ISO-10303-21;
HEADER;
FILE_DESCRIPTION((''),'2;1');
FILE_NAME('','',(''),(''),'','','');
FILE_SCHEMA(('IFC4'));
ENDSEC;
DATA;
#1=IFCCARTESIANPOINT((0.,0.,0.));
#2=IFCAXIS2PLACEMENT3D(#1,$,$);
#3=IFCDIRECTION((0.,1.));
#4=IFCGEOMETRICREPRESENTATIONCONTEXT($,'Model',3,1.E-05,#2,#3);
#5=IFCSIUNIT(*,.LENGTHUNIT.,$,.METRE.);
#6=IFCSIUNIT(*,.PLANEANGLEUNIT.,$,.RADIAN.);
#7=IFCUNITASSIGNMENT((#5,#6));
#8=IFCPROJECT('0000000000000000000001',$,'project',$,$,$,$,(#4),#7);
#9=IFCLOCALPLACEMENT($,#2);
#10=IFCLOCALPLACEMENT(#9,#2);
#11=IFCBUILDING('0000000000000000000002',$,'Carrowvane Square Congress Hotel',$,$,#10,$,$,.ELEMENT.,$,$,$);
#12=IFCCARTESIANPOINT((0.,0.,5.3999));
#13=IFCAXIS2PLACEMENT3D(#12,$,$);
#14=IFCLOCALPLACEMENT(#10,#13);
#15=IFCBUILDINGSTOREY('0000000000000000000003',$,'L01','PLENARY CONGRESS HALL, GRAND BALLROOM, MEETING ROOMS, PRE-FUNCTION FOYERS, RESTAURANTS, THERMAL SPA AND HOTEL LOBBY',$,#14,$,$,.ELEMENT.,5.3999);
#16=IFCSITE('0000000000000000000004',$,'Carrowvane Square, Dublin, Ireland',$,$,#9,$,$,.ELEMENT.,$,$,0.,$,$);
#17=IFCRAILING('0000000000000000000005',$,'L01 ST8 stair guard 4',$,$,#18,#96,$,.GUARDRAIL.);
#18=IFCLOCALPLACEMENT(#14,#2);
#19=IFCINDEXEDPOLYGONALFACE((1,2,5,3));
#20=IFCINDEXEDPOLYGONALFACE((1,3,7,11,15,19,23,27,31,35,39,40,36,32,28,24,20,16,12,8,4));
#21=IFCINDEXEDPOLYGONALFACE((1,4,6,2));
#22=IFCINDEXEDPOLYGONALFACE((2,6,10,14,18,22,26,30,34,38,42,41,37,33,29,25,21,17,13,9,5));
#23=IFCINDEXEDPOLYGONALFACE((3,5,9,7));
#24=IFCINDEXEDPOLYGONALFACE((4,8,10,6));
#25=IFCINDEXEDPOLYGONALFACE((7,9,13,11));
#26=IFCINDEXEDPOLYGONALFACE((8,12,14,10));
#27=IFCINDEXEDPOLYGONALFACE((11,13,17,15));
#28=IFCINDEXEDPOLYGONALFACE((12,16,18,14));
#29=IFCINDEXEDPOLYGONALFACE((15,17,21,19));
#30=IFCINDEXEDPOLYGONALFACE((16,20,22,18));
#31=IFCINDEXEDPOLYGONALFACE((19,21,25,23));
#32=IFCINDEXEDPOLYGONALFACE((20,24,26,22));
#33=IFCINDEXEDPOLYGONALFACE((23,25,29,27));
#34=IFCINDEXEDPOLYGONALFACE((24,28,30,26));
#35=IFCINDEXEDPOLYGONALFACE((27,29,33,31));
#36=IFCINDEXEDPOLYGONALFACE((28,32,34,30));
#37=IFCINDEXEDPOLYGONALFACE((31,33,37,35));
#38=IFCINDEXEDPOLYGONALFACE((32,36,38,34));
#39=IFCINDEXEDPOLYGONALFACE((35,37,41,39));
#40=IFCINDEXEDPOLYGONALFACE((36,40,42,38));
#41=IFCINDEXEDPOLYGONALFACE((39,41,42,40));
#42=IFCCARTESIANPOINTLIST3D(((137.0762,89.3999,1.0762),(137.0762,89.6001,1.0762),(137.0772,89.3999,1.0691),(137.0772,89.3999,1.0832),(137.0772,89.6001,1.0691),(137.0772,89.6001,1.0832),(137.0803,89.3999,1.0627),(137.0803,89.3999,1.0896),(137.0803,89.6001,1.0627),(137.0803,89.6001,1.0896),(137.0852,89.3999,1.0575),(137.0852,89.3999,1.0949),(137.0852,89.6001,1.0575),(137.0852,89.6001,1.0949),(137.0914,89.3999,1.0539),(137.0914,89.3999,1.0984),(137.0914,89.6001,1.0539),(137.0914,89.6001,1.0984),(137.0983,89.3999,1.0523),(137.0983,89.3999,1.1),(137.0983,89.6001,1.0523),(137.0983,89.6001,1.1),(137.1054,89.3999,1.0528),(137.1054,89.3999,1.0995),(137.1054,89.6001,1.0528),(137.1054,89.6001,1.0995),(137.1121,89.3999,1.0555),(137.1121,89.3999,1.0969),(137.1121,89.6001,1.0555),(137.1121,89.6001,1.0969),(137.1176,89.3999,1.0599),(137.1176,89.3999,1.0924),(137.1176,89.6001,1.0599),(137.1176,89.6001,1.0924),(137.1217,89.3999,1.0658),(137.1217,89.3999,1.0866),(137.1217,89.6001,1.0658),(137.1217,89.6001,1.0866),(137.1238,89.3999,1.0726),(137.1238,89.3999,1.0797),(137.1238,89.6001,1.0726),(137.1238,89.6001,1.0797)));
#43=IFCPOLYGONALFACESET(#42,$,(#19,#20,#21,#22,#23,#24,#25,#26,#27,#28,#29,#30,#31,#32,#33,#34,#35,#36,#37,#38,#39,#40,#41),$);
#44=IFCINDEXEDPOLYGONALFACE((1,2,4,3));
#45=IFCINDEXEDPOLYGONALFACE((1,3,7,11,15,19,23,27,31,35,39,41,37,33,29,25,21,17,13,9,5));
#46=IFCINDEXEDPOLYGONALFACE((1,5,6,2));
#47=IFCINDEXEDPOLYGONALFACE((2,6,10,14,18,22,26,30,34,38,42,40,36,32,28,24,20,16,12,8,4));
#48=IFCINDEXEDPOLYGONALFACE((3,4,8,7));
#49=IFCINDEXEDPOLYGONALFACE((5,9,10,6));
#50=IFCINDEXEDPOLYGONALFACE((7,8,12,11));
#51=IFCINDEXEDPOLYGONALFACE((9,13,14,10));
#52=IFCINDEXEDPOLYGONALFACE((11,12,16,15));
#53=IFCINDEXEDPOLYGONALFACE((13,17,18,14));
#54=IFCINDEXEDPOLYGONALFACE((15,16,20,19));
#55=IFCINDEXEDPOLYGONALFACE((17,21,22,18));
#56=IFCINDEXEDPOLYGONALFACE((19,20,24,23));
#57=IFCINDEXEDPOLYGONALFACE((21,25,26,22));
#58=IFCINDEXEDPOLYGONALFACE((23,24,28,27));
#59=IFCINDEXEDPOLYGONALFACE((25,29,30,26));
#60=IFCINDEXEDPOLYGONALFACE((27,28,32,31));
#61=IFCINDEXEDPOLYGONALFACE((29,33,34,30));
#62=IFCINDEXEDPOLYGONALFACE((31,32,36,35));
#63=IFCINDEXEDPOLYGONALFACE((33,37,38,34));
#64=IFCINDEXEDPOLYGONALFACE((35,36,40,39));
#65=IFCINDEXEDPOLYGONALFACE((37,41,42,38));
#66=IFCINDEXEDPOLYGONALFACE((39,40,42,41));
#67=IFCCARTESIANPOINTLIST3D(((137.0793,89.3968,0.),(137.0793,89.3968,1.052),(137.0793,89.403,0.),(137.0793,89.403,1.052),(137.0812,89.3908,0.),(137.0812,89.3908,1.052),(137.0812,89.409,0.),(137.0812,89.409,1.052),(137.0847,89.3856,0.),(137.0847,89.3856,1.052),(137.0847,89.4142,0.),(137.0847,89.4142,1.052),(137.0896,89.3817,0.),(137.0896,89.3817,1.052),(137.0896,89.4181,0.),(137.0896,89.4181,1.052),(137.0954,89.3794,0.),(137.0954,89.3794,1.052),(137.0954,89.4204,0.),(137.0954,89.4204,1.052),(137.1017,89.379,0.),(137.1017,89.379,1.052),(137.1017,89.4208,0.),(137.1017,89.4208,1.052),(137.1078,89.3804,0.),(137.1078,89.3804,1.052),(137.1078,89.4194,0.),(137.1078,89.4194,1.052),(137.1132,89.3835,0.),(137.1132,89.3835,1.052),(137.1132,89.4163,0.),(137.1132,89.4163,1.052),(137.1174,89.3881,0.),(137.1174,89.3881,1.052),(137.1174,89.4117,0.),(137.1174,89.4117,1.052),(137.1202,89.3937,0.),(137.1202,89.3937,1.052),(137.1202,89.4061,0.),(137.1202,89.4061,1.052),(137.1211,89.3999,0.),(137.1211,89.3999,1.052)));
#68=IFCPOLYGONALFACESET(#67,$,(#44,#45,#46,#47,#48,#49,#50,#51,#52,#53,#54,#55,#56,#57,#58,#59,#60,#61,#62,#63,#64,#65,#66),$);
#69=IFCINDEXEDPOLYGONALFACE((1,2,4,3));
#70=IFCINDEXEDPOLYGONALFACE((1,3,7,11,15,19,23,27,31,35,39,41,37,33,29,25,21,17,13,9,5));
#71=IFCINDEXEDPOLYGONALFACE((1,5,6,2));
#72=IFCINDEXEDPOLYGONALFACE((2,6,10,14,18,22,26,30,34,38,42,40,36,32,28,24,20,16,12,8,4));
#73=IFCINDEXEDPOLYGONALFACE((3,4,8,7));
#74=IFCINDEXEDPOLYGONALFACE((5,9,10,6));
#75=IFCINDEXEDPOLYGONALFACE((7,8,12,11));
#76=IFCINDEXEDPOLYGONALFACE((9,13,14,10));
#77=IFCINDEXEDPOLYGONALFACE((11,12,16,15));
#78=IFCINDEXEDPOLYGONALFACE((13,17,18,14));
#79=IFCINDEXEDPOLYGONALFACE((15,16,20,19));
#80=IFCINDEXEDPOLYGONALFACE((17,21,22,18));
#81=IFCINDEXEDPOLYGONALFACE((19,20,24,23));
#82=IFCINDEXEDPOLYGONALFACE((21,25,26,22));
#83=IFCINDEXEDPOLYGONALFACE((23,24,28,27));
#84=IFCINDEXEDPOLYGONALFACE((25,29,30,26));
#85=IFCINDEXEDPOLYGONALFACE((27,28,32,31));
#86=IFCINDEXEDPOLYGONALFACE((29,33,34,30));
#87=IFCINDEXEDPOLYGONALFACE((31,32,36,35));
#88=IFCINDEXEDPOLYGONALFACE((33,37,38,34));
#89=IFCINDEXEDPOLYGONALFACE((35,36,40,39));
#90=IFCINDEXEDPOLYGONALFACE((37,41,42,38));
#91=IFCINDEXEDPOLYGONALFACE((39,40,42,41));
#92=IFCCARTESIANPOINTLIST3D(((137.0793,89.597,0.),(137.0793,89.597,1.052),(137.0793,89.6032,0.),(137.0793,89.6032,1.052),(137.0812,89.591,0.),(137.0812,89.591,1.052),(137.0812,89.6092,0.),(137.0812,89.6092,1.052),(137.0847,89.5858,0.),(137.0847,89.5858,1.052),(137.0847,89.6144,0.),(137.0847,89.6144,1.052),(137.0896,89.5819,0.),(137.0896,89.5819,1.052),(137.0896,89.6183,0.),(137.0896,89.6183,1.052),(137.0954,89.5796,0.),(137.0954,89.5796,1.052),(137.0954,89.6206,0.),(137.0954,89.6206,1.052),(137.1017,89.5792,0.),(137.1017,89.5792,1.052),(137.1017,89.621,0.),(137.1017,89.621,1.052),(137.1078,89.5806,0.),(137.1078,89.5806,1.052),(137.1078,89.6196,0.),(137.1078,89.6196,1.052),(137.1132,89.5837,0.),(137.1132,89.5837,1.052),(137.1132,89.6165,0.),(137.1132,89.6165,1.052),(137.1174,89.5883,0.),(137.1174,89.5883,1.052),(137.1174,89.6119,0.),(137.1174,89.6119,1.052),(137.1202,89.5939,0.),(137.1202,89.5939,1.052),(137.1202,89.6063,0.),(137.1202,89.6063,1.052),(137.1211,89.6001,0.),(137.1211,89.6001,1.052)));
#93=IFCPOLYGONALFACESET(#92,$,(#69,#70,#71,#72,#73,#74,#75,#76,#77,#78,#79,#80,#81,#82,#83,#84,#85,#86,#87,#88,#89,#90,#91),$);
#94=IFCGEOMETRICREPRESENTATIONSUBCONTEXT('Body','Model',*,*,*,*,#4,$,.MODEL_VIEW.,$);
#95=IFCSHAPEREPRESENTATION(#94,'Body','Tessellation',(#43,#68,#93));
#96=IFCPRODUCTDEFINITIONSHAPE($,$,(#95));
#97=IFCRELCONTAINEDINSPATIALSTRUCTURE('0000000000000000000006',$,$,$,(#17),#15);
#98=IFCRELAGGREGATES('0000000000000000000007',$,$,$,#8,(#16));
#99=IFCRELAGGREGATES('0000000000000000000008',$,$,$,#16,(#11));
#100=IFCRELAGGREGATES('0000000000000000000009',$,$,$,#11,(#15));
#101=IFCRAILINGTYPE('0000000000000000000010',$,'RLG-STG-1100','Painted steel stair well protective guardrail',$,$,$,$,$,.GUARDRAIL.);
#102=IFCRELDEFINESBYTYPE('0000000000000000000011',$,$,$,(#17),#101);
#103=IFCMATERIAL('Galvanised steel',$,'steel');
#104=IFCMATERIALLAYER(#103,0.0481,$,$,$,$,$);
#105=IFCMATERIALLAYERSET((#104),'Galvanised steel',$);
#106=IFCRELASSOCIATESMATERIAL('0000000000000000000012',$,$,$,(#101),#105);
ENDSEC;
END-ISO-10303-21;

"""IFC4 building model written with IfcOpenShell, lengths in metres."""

from ifc_helpers import new_model, si_unit, direction, frame, origin, origin_2d, place, context, subcontext, project, spatial, circle, extrude, material, layer, layer_set, type_object, element, save


model = new_model("IFC4")

# Units and contexts
model_context = context("Model", 3, precision=1e-05, world=origin(), true_north=direction((0.0, 1.0)))
body_context = subcontext(model_context, "Body", "Model", "MODEL_VIEW")
ifc_project = project(units=[si_unit("LENGTHUNIT", "METRE"), si_unit("PLANEANGLEUNIT", "RADIAN")], contexts=[model_context])

# Site, building, storey
site_placement = place(None, origin())
site = spatial("IfcSite", under=ifc_project, at=site_placement, Name="Carrowvane Square, Dublin, Ireland", CompositionType="ELEMENT", RefElevation=0.0)
building_placement = place(site_placement, origin())
building = spatial("IfcBuilding", under=site, at=building_placement, Name="Carrowvane Square Congress Hotel", CompositionType="ELEMENT")
storey_placement = place(building_placement, frame((0.0, 0.0, 5.3999)))
storey = spatial("IfcBuildingStorey", under=building, at=storey_placement, Name="L01", Description="PLENARY CONGRESS HALL, GRAND BALLROOM, MEETING ROOMS, PRE-FUNCTION FOYERS, RESTAURANTS, THERMAL SPA AND HOTEL LOBBY", CompositionType="ELEMENT", Elevation=5.3999)

# Railing
ifc_material_1 = material(Name="Galvanised steel", Category="steel")
ifc_layer_1 = layer(ifc_material_1, 0.0481)
ifc_layer_set_1 = layer_set([ifc_layer_1], Name="Galvanised steel")
railing_type_1 = type_object("IfcRailingType", Name="RLG-STG-1100", Description="Painted steel stair well protective guardrail", PredefinedType="GUARDRAIL", material=ifc_layer_set_1)
railing_1_placement = place(storey_placement, frame((137.1001, 89.3999, 0.0)))
element("IfcRailing", 1, at=railing_1_placement, inside=storey, type_object=railing_type_1, Name="L01 ST8 stair guard 4", PredefinedType="GUARDRAIL", context=body_context, shape_type="SweptSolid", body=[
    extrude(circle(Radius=0.0239, at=origin_2d()), frame((0.0, 0.0, 1.0762), z_axis=(0.0, 1.0, 0.0), x_axis=(-1.0, 0.0, 0.0)), (0.0, 0.0, 1.0), 0.2002),
    extrude(circle(Radius=0.021, at=origin_2d()), origin(), (0.0, 0.0, 1.0), 1.052),
    extrude(circle(Radius=0.021, at=origin_2d()), frame((0.0, 0.2002, 0.0)), (0.0, 0.0, 1.0), 1.052),
])

save(model, "model.ifc")
